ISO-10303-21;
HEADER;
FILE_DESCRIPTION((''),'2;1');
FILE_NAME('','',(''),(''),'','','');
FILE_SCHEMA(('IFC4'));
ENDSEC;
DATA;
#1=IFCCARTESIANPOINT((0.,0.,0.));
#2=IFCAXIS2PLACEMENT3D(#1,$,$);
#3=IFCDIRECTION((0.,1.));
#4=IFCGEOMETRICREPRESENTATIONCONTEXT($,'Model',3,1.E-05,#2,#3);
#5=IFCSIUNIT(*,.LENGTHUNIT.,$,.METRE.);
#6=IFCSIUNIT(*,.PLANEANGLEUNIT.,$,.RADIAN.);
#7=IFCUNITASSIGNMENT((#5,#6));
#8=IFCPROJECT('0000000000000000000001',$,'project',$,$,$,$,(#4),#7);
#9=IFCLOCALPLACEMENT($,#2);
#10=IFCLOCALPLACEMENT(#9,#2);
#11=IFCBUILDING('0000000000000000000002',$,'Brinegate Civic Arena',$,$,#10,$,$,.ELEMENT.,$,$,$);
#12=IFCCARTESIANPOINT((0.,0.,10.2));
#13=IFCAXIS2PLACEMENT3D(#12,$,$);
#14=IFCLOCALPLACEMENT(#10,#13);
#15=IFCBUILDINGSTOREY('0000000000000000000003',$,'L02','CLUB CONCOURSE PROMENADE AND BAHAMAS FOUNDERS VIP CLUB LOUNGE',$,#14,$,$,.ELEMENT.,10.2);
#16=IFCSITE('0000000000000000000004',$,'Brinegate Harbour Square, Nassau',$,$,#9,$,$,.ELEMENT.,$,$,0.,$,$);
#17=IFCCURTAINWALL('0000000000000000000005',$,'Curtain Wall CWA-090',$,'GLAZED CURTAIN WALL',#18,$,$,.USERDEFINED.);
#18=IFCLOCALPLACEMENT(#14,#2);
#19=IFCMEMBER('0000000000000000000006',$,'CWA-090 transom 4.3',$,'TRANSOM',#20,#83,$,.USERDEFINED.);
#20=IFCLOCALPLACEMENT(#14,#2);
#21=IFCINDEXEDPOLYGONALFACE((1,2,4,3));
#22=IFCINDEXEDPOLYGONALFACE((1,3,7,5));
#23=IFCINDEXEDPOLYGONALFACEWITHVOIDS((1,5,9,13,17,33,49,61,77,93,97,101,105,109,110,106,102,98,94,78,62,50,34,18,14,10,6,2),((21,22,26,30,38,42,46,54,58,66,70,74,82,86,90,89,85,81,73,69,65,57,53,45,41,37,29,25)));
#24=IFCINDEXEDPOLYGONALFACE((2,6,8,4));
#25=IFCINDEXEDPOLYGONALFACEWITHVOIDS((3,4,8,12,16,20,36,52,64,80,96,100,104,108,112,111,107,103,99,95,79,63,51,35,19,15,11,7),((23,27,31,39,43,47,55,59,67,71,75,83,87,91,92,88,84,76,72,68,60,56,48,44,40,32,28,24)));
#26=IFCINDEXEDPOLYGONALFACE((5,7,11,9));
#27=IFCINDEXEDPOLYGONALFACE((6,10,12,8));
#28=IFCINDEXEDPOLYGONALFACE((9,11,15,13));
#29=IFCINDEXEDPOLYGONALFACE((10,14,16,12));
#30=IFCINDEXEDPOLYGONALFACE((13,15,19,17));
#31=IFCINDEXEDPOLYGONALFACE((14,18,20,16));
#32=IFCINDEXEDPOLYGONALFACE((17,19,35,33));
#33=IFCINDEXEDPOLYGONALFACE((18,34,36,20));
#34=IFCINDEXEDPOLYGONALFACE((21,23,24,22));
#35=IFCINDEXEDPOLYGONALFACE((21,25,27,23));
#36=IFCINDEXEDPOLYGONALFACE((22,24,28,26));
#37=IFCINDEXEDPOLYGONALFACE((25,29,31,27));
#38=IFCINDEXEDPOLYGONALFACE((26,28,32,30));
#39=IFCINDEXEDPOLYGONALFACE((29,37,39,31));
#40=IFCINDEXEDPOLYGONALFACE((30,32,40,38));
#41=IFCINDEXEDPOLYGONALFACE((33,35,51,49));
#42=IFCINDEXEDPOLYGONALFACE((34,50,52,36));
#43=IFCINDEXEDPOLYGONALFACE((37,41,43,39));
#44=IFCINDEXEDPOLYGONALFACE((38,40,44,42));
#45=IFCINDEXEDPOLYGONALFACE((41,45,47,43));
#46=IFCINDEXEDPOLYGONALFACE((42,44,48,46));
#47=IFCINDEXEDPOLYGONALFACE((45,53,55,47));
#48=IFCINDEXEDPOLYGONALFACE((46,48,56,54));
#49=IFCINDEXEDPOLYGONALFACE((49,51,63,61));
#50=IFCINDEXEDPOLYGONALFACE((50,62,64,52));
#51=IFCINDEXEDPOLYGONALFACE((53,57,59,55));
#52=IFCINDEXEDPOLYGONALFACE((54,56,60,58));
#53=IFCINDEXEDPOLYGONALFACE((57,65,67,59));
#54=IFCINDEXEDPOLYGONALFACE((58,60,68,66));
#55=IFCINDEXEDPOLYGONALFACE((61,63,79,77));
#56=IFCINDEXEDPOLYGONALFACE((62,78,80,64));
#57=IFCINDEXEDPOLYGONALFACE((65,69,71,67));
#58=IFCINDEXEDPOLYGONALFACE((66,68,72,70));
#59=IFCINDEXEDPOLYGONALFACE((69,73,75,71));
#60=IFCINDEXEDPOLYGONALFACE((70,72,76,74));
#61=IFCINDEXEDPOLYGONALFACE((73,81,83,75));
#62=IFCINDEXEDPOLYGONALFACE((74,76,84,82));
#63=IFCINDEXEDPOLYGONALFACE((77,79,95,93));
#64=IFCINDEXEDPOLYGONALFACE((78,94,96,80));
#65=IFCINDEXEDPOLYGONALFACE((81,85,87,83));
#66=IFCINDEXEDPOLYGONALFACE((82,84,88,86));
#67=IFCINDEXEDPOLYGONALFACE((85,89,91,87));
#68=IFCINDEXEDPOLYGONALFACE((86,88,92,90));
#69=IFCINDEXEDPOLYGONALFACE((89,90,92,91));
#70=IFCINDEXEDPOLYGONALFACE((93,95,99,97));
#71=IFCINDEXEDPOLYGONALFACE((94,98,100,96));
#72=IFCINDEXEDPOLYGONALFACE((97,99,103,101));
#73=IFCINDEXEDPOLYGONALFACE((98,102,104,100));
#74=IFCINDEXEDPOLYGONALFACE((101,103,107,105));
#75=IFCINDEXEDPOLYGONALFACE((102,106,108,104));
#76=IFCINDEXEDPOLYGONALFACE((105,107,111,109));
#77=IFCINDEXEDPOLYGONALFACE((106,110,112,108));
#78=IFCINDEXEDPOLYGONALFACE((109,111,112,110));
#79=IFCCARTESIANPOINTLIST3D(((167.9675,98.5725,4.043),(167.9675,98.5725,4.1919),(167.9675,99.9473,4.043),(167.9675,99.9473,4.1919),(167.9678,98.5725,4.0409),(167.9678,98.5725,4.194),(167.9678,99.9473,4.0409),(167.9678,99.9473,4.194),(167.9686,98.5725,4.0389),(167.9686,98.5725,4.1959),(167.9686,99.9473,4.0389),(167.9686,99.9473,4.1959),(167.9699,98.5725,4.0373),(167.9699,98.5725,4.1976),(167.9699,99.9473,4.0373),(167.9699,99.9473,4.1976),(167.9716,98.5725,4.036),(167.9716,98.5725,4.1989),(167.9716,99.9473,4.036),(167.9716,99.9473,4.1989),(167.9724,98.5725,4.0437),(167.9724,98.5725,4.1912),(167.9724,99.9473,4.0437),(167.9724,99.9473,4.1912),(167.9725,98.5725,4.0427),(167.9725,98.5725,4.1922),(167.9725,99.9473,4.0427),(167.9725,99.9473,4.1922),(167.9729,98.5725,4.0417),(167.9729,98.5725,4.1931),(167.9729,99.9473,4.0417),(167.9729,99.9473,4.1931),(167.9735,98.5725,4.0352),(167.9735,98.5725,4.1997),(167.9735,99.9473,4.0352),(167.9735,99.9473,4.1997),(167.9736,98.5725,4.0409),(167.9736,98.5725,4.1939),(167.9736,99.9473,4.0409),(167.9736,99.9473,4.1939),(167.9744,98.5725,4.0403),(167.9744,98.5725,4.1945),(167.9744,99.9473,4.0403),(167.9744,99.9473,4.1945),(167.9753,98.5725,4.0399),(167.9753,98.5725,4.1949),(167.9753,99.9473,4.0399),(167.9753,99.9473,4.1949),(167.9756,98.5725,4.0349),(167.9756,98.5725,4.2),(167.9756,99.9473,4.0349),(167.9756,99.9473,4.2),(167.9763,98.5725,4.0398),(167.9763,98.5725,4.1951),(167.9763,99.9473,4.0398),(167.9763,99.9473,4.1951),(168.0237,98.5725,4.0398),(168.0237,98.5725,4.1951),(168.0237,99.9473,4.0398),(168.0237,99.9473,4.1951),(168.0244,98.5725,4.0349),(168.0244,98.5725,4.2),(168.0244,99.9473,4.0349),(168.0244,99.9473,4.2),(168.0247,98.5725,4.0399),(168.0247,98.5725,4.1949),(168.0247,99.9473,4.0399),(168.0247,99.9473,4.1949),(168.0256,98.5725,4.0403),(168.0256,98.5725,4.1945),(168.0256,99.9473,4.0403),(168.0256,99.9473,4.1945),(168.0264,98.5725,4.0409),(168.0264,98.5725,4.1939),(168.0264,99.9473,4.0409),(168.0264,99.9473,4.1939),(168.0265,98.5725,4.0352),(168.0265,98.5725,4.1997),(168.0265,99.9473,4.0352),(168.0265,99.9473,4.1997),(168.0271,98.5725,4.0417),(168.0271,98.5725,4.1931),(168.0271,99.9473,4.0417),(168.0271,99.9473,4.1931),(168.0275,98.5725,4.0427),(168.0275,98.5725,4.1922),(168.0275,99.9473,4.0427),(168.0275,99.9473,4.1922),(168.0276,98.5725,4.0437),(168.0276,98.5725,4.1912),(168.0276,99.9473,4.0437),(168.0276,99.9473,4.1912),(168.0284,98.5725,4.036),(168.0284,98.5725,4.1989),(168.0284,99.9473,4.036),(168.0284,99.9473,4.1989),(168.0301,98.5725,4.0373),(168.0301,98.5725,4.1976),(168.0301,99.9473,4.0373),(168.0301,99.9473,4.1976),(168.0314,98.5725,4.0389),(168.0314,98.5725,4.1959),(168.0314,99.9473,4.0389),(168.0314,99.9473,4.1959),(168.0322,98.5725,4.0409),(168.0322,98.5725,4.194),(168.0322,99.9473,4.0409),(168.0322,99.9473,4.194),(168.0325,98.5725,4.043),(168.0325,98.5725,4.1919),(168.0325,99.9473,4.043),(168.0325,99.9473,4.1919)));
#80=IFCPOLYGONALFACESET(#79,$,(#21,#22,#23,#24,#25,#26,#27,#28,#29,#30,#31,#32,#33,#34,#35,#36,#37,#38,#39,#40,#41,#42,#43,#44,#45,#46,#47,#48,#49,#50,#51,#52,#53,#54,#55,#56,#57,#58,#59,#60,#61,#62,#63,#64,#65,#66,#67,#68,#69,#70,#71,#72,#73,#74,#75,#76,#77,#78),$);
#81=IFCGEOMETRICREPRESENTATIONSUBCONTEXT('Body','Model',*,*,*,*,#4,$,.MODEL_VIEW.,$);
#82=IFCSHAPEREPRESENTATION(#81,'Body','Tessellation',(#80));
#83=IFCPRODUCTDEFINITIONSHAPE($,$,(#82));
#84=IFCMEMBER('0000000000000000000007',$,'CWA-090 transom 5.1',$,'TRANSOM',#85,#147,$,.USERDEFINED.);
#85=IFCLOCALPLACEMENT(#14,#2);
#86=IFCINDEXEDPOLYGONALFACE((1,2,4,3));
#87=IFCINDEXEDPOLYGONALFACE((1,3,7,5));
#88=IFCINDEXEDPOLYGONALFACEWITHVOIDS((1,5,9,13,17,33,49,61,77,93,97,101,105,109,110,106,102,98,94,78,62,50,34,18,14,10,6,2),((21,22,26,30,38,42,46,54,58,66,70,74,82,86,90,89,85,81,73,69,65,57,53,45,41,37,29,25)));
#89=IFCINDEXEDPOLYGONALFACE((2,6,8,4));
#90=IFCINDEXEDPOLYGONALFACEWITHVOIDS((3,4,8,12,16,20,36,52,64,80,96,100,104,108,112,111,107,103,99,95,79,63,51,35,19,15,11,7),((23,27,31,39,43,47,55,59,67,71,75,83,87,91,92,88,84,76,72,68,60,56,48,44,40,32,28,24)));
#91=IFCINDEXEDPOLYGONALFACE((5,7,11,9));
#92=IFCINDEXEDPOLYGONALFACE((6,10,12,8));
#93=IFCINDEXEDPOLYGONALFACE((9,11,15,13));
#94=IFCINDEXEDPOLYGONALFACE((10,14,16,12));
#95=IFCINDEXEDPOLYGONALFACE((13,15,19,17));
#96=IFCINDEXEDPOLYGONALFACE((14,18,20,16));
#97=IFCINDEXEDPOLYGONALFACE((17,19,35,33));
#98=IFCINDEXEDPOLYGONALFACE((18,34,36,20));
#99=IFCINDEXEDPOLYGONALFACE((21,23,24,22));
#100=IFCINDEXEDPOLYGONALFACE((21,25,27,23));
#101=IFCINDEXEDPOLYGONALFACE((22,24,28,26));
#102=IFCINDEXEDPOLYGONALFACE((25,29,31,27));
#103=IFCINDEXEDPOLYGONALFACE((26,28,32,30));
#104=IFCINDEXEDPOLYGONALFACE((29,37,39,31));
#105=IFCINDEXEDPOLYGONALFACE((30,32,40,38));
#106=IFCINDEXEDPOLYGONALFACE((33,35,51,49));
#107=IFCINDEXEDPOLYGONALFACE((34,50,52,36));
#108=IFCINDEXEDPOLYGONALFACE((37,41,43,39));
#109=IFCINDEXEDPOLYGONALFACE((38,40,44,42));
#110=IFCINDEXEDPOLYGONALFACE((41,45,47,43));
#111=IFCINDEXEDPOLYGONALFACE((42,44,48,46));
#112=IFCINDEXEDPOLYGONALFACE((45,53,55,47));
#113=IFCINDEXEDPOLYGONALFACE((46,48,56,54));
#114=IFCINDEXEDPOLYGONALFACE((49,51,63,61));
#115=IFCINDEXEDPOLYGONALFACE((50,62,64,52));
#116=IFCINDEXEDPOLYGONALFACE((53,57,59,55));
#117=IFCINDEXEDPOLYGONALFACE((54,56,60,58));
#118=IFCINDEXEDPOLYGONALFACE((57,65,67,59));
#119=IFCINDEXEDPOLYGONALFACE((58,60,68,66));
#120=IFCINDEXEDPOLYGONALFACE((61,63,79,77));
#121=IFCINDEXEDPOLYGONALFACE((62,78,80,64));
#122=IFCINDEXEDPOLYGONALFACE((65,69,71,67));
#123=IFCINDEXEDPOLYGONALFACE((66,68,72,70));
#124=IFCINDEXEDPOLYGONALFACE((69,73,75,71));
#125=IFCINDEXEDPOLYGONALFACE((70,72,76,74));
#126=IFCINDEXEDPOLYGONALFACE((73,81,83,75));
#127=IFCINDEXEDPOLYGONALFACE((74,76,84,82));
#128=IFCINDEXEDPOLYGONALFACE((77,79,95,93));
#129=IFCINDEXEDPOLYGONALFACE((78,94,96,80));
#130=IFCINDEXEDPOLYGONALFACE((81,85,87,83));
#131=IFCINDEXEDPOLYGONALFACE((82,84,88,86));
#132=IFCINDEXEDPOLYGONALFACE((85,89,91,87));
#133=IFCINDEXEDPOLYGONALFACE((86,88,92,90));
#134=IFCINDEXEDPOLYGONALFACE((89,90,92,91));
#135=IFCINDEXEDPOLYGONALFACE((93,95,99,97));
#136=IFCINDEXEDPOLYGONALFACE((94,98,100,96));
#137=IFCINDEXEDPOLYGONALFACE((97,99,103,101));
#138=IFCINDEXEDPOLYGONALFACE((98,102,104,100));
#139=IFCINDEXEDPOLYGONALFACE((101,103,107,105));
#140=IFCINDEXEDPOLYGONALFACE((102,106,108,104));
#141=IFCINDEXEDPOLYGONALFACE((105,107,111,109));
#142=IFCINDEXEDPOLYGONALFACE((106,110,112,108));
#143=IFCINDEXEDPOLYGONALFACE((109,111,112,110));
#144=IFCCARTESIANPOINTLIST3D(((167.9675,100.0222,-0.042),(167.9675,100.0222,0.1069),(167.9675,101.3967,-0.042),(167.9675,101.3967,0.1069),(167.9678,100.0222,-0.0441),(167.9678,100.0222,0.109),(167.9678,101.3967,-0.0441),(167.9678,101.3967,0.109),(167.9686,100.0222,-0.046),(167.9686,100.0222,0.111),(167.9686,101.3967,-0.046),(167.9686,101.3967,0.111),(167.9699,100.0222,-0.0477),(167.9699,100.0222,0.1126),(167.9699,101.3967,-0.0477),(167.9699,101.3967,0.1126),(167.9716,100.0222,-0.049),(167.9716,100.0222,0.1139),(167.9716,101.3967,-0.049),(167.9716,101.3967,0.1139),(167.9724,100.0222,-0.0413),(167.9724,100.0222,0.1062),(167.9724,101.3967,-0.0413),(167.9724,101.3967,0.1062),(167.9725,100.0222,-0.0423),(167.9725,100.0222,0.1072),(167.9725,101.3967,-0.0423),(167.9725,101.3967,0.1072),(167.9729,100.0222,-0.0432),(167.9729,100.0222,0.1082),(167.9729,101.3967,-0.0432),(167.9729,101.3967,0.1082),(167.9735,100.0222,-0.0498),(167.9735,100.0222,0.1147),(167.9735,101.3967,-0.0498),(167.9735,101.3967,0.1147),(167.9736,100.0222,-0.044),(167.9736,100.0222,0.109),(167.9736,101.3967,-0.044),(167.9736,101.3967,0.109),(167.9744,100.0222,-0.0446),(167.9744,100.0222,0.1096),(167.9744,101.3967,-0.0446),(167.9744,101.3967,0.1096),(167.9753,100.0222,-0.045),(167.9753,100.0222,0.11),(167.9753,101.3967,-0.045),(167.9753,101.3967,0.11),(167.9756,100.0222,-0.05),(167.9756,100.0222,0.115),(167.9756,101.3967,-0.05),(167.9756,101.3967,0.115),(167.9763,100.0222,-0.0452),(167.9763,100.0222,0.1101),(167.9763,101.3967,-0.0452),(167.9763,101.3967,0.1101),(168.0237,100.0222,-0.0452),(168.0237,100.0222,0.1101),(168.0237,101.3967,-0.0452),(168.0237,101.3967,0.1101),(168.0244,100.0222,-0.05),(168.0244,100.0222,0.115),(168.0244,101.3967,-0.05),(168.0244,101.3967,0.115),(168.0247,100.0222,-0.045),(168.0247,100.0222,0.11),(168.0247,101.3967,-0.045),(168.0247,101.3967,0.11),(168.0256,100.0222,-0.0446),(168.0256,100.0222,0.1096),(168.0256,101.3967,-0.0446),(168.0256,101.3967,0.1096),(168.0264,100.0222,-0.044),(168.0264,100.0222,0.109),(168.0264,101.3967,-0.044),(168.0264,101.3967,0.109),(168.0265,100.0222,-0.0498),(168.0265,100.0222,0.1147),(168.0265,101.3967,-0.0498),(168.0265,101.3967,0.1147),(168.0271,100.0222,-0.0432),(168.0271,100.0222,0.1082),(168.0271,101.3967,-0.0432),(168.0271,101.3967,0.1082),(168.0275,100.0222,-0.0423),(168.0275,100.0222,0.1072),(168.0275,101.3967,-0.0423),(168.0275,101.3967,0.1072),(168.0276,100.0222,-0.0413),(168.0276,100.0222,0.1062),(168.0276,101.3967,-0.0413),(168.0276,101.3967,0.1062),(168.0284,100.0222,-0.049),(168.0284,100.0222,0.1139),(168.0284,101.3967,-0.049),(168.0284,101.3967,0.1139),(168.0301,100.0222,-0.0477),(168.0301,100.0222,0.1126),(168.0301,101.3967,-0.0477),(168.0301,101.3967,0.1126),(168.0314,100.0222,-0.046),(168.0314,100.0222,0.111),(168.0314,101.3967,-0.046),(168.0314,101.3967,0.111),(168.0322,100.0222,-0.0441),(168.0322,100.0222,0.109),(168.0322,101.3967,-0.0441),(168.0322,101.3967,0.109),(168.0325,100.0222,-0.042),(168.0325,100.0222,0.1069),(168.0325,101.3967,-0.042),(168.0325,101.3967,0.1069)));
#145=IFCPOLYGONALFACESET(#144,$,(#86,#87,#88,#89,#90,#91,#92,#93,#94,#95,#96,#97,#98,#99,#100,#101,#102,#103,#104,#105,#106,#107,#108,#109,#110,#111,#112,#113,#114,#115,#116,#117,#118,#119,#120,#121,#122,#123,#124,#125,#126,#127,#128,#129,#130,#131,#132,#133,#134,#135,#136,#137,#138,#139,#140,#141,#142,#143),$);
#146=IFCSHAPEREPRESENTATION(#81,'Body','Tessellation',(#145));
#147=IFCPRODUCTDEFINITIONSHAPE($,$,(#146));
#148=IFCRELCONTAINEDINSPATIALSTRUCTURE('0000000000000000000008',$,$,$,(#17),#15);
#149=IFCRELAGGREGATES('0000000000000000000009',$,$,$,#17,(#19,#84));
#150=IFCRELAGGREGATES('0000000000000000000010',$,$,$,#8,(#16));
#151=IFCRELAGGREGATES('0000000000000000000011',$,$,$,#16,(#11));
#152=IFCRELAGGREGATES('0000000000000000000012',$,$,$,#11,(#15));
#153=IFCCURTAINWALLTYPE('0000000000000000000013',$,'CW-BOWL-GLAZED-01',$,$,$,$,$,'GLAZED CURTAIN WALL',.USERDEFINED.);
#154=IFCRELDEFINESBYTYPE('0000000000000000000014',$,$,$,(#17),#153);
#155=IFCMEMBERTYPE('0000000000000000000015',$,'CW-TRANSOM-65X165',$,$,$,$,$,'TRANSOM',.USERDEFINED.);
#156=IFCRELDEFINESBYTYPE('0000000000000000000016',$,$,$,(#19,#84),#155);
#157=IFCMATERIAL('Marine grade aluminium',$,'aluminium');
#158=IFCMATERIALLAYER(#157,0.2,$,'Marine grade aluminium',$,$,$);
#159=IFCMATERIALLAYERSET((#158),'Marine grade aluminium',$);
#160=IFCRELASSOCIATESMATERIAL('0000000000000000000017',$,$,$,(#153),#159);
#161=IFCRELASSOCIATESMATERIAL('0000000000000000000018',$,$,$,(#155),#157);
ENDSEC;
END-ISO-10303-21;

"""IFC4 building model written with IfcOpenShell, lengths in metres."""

from ifc_helpers import new_model, si_unit, direction, frame, origin, origin_2d, place, context, subcontext, project, spatial, hollow_rectangle, extrude, material, layer, layer_set, material_profile, profile_set, type_object, element, aggregate, save


model = new_model("IFC4")

# Units and contexts
model_context = context("Model", 3, precision=1e-05, world=origin(), true_north=direction((0.0, 1.0)))
body_context = subcontext(model_context, "Body", "Model", "MODEL_VIEW")
ifc_project = project(units=[si_unit("LENGTHUNIT", "METRE"), si_unit("PLANEANGLEUNIT", "RADIAN")], contexts=[model_context])

# Site, building, storey
site_placement = place(None, origin())
site = spatial("IfcSite", under=ifc_project, at=site_placement, Name="Brinegate Harbour Square, Nassau", CompositionType="ELEMENT", RefElevation=0.0)
building_placement = place(site_placement, origin())
building = spatial("IfcBuilding", under=site, at=building_placement, Name="Brinegate Civic Arena", CompositionType="ELEMENT")
storey_placement = place(building_placement, frame((0.0, 0.0, 10.2)))
storey = spatial("IfcBuildingStorey", under=building, at=storey_placement, Name="L02", Description="CLUB CONCOURSE PROMENADE AND BAHAMAS FOUNDERS VIP CLUB LOUNGE", CompositionType="ELEMENT", Elevation=10.2)

# Shared definitions
ifc_material_1 = material(Name="Marine grade aluminium", Category="aluminium")
ifc_layer_1 = layer(ifc_material_1, 0.2, Name="Marine grade aluminium")
ifc_layer_set_1 = layer_set([ifc_layer_1], Name="Marine grade aluminium")
curtain_wall_type = type_object("IfcCurtainWallType", Name="CW-BOWL-GLAZED-01", ElementType="GLAZED CURTAIN WALL", PredefinedType="USERDEFINED", material=ifc_layer_set_1)

# Curtain wall, members
curtain_wall_1_placement = place(storey_placement, origin())
curtain_wall_1 = element("IfcCurtainWall", 1, at=curtain_wall_1_placement, inside=storey, type_object=curtain_wall_type, Name="Curtain Wall CWA-090", ObjectType="GLAZED CURTAIN WALL", PredefinedType="USERDEFINED")
ifc_material_profile_1 = material_profile(ifc_material_1, hollow_rectangle(XDim=0.0649, YDim=0.165, WallThickness=0.0049, InnerFilletRadius=0.0039, OuterFilletRadius=0.0081, at=origin_2d()), Name="TRN65X165")
ifc_profile_set_1 = profile_set([ifc_material_profile_1], Name="Marine grade aluminium")
member_type_1 = type_object("IfcMemberType", Name="CW-TRANSOM-65X165", ElementType="TRANSOM", PredefinedType="USERDEFINED", material=ifc_profile_set_1)
member_1_placement = place(storey_placement, frame((168.0, 98.5725, 4.1174), z_axis=(0.0, 1.0, 0.0), x_axis=(-1.0, 0.0, 0.0)))
member_1 = element("IfcMember", 2, at=member_1_placement, type_object=member_type_1, Name="CWA-090 transom 4.3", ObjectType="TRANSOM", PredefinedType="USERDEFINED", context=body_context, shape_type="SweptSolid", body=[
    extrude(hollow_rectangle(XDim=0.0649, YDim=0.165, WallThickness=0.0049, InnerFilletRadius=0.0039, OuterFilletRadius=0.0081, at=origin_2d()), origin(), (0.0, 0.0, 1.0), 1.3748),
])
member_2_placement = place(storey_placement, frame((168.0, 100.0222, 0.0325), z_axis=(0.0, 1.0, 0.0), x_axis=(-1.0, 0.0, 0.0)))
member_2 = element("IfcMember", 3, at=member_2_placement, type_object=member_type_1, Name="CWA-090 transom 5.1", ObjectType="TRANSOM", PredefinedType="USERDEFINED", context=body_context, shape_type="SweptSolid", body=[
    extrude(hollow_rectangle(XDim=0.0649, YDim=0.165, WallThickness=0.0049, InnerFilletRadius=0.0039, OuterFilletRadius=0.0081, at=origin_2d()), origin(), (0.0, 0.0, 1.0), 1.3745),
])

aggregate(curtain_wall_1, [member_1, member_2])

save(model, "model.ifc")
